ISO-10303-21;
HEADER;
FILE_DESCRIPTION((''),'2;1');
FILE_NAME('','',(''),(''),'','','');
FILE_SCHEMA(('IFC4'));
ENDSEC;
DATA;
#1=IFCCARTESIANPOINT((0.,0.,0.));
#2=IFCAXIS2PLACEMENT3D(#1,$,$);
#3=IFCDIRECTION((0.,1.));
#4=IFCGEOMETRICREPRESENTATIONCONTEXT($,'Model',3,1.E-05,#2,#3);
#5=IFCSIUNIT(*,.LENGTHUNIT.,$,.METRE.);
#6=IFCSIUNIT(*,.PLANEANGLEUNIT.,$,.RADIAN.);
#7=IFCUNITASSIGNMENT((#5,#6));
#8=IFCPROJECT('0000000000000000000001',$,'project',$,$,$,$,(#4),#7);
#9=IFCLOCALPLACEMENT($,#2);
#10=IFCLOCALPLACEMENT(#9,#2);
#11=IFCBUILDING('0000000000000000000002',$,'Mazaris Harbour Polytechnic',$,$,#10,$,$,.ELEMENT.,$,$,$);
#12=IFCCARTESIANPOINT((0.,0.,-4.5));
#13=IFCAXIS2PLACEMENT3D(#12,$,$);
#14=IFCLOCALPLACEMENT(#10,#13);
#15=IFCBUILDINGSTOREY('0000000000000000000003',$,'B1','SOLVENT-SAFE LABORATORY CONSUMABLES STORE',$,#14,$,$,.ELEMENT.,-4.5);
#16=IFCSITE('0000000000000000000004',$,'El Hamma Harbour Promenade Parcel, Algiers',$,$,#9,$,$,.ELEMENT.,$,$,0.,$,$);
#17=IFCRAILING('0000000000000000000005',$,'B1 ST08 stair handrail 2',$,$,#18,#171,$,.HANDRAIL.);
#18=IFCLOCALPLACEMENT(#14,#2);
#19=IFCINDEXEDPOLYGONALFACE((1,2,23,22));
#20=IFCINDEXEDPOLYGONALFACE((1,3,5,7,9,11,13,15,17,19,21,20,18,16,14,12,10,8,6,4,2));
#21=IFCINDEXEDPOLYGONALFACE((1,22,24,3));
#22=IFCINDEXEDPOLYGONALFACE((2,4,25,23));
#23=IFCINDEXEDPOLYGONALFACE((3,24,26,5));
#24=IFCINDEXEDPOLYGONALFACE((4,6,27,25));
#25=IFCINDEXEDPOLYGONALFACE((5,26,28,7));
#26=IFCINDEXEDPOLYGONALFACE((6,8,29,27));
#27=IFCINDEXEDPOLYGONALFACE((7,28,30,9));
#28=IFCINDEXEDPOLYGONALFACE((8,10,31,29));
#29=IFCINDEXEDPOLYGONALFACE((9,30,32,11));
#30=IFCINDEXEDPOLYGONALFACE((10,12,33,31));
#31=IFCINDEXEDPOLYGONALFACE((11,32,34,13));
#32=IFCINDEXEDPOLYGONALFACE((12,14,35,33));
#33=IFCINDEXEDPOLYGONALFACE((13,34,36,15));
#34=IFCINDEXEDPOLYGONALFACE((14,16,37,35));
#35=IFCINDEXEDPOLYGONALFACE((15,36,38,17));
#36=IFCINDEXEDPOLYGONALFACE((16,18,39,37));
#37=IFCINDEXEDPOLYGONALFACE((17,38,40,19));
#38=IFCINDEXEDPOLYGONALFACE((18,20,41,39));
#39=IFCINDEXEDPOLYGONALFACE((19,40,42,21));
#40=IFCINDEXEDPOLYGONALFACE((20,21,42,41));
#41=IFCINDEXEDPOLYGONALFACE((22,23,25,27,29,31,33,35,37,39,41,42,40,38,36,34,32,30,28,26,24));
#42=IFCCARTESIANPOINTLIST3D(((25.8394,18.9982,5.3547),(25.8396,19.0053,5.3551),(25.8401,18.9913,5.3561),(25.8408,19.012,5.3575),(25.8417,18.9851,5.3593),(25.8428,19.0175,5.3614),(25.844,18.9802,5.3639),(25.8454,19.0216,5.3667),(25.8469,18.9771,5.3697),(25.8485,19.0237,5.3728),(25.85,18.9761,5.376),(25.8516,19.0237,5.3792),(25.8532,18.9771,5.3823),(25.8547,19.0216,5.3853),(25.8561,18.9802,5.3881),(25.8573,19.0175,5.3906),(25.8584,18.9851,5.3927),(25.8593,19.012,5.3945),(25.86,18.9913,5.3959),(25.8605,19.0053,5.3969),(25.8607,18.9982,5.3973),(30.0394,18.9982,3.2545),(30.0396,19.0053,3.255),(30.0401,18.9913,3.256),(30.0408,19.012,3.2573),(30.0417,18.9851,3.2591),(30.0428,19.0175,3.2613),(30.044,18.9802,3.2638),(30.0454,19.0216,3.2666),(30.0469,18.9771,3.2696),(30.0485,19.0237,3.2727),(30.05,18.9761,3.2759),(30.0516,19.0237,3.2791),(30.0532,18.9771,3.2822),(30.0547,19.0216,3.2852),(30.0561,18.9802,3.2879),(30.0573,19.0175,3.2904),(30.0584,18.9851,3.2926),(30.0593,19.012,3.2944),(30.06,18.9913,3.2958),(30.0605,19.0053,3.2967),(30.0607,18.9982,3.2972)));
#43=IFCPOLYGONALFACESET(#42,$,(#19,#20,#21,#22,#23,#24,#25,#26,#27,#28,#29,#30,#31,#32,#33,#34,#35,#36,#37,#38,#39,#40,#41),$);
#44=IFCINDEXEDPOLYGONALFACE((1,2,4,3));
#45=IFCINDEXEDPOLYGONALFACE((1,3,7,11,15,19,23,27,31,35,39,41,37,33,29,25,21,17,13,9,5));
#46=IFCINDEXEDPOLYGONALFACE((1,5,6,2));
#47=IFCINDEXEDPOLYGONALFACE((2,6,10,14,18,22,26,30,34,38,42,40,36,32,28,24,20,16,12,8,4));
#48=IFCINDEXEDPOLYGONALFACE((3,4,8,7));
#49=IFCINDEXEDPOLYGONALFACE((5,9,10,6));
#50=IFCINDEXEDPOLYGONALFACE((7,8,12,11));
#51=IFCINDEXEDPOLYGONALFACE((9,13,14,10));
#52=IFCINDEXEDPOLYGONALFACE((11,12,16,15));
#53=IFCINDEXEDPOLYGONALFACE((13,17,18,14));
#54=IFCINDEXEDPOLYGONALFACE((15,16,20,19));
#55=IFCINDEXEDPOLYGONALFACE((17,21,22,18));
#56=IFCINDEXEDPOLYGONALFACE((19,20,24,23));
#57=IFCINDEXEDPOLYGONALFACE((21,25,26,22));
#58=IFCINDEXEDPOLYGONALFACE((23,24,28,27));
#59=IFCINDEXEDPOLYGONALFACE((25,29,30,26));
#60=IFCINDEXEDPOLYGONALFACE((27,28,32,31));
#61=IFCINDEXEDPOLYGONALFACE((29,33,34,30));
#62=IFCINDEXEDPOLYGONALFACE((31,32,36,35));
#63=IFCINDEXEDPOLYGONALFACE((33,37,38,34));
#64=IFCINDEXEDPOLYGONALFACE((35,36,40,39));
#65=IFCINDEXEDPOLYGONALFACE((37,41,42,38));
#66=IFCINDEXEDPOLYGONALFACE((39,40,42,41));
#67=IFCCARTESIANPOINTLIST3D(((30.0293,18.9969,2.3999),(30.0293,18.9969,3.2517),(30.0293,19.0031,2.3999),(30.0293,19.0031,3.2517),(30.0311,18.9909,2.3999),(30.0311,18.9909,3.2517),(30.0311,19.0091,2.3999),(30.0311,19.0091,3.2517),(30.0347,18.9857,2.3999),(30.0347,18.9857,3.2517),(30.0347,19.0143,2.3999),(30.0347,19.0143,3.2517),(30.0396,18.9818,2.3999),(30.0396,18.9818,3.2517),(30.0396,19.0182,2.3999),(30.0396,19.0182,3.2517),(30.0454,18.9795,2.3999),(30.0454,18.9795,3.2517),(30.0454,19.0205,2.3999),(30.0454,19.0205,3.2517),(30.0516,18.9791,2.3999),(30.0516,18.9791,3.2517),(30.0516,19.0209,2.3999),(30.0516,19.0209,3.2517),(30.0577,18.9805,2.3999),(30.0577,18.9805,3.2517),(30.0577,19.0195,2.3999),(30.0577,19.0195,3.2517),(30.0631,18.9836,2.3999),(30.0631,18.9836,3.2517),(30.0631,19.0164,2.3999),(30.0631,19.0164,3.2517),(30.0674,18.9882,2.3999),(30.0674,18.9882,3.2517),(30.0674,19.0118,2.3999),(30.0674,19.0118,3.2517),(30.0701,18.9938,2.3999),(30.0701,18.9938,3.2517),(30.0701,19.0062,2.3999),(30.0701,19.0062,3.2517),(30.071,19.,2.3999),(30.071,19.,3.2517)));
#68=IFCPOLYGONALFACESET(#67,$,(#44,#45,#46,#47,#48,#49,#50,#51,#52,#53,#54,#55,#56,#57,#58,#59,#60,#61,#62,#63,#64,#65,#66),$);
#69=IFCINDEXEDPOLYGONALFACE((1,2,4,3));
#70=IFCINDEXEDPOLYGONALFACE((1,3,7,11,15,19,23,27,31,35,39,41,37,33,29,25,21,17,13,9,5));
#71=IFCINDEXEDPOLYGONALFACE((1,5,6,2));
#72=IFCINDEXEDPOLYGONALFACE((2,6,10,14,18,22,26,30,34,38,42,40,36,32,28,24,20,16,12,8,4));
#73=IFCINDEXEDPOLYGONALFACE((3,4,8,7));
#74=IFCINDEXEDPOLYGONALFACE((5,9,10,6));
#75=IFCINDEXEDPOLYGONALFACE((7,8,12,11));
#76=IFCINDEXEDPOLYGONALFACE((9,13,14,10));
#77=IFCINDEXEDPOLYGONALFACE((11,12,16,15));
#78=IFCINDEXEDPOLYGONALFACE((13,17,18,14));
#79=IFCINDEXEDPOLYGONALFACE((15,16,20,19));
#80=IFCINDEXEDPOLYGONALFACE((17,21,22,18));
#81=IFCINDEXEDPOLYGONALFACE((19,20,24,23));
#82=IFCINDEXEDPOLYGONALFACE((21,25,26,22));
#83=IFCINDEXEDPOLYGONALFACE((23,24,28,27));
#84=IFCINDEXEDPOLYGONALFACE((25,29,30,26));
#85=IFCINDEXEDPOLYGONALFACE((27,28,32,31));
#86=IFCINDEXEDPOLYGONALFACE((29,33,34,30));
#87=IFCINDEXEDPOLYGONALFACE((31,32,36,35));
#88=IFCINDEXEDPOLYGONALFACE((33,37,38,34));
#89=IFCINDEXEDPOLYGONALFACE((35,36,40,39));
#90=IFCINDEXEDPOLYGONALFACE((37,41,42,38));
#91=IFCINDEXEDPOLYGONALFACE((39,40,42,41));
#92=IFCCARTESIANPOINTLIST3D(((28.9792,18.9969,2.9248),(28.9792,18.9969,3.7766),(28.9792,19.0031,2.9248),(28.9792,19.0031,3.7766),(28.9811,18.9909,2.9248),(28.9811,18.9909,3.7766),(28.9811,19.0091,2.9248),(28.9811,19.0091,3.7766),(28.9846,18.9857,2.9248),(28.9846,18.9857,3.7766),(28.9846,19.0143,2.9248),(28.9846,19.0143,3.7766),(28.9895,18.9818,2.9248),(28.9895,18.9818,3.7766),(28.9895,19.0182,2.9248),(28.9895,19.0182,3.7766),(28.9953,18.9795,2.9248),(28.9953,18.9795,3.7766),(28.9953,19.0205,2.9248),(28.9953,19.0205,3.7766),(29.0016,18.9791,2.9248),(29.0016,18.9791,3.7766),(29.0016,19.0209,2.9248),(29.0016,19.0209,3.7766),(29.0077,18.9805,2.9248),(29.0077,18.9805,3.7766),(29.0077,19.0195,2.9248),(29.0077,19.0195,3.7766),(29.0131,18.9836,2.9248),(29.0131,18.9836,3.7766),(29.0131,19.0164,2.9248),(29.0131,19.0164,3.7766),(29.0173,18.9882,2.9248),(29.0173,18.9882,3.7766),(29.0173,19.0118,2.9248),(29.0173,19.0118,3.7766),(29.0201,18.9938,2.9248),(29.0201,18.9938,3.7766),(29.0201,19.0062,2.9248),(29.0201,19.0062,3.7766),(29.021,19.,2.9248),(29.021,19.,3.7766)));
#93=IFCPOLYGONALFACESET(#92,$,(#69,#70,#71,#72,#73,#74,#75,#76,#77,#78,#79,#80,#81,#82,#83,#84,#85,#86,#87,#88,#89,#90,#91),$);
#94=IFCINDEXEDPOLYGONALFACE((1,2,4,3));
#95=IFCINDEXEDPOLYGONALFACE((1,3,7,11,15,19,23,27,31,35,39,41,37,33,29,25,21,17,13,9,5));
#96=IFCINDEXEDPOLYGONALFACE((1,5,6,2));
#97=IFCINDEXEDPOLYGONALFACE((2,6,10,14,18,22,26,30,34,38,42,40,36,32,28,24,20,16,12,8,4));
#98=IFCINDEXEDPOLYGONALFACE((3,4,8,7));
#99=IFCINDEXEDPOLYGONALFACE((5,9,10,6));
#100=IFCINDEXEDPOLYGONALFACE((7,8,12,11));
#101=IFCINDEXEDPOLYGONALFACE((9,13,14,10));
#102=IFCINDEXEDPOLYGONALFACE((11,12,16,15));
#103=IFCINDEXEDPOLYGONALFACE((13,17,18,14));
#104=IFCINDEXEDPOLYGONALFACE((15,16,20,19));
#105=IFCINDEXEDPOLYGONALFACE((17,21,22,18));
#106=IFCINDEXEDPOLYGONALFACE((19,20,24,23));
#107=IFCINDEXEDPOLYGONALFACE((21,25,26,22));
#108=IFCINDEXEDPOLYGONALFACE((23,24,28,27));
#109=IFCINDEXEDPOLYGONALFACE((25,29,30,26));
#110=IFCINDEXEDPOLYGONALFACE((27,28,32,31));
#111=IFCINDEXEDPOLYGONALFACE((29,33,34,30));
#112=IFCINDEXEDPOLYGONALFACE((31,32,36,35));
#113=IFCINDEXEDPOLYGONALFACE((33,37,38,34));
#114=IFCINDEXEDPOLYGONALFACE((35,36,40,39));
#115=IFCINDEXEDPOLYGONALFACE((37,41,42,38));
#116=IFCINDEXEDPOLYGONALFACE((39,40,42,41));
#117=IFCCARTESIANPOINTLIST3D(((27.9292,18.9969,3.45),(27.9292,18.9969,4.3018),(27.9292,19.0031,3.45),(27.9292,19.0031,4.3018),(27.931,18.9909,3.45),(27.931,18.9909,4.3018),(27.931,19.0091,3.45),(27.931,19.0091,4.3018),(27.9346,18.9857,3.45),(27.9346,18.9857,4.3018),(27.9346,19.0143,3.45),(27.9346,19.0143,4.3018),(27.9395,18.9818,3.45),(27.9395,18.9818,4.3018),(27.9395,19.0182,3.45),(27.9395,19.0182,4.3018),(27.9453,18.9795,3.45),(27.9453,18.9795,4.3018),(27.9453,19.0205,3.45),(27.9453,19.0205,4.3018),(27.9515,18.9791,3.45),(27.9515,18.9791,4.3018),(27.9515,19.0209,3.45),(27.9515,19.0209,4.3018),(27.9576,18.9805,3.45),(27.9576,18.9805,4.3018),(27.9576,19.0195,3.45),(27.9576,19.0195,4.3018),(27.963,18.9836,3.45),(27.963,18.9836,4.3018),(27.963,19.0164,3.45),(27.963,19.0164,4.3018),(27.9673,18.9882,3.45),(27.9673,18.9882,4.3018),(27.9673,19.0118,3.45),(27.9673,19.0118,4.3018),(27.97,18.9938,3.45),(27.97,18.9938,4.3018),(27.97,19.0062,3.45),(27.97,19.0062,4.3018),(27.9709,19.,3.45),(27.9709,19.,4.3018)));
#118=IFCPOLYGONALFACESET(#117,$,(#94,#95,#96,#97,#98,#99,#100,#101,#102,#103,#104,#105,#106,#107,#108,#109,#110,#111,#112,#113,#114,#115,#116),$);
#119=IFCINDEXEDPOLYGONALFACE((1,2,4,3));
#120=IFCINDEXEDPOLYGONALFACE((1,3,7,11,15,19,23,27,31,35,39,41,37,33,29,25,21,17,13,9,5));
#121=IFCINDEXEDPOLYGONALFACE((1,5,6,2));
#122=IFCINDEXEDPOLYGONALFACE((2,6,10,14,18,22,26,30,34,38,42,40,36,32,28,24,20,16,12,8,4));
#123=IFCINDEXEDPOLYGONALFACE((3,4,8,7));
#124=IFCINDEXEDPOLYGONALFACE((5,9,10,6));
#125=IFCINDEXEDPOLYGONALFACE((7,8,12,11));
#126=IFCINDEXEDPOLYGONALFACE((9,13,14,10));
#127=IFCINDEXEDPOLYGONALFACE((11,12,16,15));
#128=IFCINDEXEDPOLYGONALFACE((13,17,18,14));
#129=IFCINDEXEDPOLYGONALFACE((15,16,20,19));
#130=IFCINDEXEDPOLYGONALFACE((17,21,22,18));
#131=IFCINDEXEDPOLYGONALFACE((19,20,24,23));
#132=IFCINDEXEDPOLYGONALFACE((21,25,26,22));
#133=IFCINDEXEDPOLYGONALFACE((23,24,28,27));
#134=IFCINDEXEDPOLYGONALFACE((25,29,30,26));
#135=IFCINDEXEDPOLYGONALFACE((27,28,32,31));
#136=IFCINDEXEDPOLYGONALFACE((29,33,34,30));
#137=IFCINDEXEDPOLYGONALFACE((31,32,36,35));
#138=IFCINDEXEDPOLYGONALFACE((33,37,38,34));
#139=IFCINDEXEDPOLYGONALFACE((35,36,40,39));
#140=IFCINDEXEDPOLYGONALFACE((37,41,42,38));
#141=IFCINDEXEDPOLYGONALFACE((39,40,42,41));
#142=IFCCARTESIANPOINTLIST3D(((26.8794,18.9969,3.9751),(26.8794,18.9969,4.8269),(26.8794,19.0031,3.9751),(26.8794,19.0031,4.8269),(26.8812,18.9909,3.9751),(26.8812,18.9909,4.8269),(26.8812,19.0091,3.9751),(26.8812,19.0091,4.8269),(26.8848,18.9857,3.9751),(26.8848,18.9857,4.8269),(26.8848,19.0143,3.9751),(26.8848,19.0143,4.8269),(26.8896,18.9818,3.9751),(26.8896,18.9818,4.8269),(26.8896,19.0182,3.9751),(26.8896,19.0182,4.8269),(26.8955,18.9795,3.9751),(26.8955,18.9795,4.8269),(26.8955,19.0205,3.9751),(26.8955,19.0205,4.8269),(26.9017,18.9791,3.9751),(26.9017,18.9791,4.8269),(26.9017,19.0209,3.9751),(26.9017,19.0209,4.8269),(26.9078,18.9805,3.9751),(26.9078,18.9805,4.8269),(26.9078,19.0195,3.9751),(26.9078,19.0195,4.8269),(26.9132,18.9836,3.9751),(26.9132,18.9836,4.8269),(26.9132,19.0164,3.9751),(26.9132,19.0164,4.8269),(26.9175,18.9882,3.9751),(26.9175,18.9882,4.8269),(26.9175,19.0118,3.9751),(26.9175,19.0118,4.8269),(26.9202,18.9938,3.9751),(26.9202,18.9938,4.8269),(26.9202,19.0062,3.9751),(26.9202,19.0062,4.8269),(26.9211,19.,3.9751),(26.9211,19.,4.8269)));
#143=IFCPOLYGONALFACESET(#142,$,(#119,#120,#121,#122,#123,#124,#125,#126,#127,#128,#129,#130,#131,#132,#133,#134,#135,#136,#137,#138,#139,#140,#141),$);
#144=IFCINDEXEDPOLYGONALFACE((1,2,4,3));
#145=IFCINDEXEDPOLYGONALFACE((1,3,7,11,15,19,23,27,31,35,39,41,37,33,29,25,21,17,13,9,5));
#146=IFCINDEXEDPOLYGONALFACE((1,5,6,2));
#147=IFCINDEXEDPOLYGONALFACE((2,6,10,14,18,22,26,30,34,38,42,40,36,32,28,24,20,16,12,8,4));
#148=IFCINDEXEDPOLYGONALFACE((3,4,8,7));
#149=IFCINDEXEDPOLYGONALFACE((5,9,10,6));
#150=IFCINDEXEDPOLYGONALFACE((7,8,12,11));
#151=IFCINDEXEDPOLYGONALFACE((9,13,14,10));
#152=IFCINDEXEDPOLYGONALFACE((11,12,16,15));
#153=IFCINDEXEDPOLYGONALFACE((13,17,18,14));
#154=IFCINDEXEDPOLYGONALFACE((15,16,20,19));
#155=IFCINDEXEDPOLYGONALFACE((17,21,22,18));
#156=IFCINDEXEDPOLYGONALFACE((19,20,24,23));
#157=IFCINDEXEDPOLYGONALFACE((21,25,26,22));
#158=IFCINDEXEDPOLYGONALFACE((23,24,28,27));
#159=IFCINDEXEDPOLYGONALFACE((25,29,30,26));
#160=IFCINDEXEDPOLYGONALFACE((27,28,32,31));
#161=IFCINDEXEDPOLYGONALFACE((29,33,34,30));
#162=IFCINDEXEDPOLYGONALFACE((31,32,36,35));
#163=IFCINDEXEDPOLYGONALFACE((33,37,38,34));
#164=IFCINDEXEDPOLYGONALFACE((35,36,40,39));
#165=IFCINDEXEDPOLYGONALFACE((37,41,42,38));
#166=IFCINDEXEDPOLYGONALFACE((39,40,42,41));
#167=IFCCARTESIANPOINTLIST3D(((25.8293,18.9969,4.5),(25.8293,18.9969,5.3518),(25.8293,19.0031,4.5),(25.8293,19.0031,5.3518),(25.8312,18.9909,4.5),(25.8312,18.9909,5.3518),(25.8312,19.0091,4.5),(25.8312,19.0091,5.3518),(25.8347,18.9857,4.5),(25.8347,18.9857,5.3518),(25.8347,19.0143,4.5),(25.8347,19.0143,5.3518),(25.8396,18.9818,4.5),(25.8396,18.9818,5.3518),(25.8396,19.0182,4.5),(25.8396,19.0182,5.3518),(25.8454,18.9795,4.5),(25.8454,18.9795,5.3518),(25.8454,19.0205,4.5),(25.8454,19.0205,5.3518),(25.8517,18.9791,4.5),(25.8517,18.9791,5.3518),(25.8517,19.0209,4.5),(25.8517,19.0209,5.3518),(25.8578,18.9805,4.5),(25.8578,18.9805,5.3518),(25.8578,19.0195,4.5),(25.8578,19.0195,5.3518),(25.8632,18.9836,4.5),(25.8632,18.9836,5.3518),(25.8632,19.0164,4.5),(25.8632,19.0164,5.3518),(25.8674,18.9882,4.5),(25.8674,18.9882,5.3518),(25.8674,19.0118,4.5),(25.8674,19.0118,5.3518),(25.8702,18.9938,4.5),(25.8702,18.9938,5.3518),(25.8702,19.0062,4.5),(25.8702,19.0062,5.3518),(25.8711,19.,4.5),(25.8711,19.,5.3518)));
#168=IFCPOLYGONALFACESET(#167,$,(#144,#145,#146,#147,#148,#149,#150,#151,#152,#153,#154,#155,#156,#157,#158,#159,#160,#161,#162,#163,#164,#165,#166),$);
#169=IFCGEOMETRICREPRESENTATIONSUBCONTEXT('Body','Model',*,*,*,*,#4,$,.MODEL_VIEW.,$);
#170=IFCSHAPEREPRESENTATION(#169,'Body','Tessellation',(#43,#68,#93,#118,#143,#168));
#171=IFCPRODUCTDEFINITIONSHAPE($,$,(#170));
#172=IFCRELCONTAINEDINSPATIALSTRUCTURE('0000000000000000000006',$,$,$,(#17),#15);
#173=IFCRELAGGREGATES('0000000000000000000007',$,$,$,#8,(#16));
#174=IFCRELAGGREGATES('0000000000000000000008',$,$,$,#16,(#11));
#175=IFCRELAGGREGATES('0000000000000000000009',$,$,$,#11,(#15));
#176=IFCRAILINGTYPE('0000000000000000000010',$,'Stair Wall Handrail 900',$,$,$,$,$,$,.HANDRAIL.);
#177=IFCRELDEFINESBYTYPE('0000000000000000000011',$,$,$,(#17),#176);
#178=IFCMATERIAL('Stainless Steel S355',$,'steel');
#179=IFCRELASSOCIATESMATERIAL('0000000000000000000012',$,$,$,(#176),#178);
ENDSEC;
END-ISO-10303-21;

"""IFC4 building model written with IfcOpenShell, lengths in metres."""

from ifc_helpers import new_model, si_unit, direction, frame, origin, origin_2d, place, context, subcontext, project, spatial, circle, extrude, material, type_object, element, save


model = new_model("IFC4")

# Units and contexts
model_context = context("Model", 3, precision=1e-05, world=origin(), true_north=direction((0.0, 1.0)))
body_context = subcontext(model_context, "Body", "Model", "MODEL_VIEW")
ifc_project = project(units=[si_unit("LENGTHUNIT", "METRE"), si_unit("PLANEANGLEUNIT", "RADIAN")], contexts=[model_context])

# Site, building, storey
site_placement = place(None, origin())
site = spatial("IfcSite", under=ifc_project, at=site_placement, Name="El Hamma Harbour Promenade Parcel, Algiers", CompositionType="ELEMENT", RefElevation=0.0)
building_placement = place(site_placement, origin())
building = spatial("IfcBuilding", under=site, at=building_placement, Name="Mazaris Harbour Polytechnic", CompositionType="ELEMENT")
storey_placement = place(building_placement, frame((0.0, 0.0, -4.5)))
storey = spatial("IfcBuildingStorey", under=building, at=storey_placement, Name="B1", Description="SOLVENT-SAFE LABORATORY CONSUMABLES STORE", CompositionType="ELEMENT", Elevation=-4.5)

# Railing
ifc_material_1 = material(Name="Stainless Steel S355", Category="steel")
railing_type_1 = type_object("IfcRailingType", Name="Stair Wall Handrail 900", PredefinedType="HANDRAIL", material=ifc_material_1)
railing_1_placement = place(storey_placement, frame((30.05, 19.0, 2.3999)))
element("IfcRailing", 1, at=railing_1_placement, inside=storey, type_object=railing_type_1, Name="B1 ST08 stair handrail 2", PredefinedType="HANDRAIL", context=body_context, shape_type="SweptSolid", body=[
    extrude(circle(Radius=0.0239, at=origin_2d()), frame((0.0, 0.0, 0.876), z_axis=(-0.894417, 0.0, 0.447234), x_axis=(0.0, -1.0, 0.0)), (0.0, 0.0, 1.0), 4.6958),
    extrude(circle(Radius=0.021, at=origin_2d()), origin(), (0.0, 0.0, 1.0), 0.8518),
    extrude(circle(Radius=0.021, at=origin_2d()), frame((-1.05, 0.0, 0.5249)), (0.0, 0.0, 1.0), 0.8518),
    extrude(circle(Radius=0.021, at=origin_2d()), frame((-2.1001, 0.0, 1.05)), (0.0, 0.0, 1.0), 0.8518),
    extrude(circle(Radius=0.021, at=origin_2d()), frame((-3.1499, 0.0, 1.5752)), (0.0, 0.0, 1.0), 0.8518),
    extrude(circle(Radius=0.021, at=origin_2d()), frame((-4.2, 0.0, 2.1001)), (0.0, 0.0, 1.0), 0.8518),
])

save(model, "model.ifc")
